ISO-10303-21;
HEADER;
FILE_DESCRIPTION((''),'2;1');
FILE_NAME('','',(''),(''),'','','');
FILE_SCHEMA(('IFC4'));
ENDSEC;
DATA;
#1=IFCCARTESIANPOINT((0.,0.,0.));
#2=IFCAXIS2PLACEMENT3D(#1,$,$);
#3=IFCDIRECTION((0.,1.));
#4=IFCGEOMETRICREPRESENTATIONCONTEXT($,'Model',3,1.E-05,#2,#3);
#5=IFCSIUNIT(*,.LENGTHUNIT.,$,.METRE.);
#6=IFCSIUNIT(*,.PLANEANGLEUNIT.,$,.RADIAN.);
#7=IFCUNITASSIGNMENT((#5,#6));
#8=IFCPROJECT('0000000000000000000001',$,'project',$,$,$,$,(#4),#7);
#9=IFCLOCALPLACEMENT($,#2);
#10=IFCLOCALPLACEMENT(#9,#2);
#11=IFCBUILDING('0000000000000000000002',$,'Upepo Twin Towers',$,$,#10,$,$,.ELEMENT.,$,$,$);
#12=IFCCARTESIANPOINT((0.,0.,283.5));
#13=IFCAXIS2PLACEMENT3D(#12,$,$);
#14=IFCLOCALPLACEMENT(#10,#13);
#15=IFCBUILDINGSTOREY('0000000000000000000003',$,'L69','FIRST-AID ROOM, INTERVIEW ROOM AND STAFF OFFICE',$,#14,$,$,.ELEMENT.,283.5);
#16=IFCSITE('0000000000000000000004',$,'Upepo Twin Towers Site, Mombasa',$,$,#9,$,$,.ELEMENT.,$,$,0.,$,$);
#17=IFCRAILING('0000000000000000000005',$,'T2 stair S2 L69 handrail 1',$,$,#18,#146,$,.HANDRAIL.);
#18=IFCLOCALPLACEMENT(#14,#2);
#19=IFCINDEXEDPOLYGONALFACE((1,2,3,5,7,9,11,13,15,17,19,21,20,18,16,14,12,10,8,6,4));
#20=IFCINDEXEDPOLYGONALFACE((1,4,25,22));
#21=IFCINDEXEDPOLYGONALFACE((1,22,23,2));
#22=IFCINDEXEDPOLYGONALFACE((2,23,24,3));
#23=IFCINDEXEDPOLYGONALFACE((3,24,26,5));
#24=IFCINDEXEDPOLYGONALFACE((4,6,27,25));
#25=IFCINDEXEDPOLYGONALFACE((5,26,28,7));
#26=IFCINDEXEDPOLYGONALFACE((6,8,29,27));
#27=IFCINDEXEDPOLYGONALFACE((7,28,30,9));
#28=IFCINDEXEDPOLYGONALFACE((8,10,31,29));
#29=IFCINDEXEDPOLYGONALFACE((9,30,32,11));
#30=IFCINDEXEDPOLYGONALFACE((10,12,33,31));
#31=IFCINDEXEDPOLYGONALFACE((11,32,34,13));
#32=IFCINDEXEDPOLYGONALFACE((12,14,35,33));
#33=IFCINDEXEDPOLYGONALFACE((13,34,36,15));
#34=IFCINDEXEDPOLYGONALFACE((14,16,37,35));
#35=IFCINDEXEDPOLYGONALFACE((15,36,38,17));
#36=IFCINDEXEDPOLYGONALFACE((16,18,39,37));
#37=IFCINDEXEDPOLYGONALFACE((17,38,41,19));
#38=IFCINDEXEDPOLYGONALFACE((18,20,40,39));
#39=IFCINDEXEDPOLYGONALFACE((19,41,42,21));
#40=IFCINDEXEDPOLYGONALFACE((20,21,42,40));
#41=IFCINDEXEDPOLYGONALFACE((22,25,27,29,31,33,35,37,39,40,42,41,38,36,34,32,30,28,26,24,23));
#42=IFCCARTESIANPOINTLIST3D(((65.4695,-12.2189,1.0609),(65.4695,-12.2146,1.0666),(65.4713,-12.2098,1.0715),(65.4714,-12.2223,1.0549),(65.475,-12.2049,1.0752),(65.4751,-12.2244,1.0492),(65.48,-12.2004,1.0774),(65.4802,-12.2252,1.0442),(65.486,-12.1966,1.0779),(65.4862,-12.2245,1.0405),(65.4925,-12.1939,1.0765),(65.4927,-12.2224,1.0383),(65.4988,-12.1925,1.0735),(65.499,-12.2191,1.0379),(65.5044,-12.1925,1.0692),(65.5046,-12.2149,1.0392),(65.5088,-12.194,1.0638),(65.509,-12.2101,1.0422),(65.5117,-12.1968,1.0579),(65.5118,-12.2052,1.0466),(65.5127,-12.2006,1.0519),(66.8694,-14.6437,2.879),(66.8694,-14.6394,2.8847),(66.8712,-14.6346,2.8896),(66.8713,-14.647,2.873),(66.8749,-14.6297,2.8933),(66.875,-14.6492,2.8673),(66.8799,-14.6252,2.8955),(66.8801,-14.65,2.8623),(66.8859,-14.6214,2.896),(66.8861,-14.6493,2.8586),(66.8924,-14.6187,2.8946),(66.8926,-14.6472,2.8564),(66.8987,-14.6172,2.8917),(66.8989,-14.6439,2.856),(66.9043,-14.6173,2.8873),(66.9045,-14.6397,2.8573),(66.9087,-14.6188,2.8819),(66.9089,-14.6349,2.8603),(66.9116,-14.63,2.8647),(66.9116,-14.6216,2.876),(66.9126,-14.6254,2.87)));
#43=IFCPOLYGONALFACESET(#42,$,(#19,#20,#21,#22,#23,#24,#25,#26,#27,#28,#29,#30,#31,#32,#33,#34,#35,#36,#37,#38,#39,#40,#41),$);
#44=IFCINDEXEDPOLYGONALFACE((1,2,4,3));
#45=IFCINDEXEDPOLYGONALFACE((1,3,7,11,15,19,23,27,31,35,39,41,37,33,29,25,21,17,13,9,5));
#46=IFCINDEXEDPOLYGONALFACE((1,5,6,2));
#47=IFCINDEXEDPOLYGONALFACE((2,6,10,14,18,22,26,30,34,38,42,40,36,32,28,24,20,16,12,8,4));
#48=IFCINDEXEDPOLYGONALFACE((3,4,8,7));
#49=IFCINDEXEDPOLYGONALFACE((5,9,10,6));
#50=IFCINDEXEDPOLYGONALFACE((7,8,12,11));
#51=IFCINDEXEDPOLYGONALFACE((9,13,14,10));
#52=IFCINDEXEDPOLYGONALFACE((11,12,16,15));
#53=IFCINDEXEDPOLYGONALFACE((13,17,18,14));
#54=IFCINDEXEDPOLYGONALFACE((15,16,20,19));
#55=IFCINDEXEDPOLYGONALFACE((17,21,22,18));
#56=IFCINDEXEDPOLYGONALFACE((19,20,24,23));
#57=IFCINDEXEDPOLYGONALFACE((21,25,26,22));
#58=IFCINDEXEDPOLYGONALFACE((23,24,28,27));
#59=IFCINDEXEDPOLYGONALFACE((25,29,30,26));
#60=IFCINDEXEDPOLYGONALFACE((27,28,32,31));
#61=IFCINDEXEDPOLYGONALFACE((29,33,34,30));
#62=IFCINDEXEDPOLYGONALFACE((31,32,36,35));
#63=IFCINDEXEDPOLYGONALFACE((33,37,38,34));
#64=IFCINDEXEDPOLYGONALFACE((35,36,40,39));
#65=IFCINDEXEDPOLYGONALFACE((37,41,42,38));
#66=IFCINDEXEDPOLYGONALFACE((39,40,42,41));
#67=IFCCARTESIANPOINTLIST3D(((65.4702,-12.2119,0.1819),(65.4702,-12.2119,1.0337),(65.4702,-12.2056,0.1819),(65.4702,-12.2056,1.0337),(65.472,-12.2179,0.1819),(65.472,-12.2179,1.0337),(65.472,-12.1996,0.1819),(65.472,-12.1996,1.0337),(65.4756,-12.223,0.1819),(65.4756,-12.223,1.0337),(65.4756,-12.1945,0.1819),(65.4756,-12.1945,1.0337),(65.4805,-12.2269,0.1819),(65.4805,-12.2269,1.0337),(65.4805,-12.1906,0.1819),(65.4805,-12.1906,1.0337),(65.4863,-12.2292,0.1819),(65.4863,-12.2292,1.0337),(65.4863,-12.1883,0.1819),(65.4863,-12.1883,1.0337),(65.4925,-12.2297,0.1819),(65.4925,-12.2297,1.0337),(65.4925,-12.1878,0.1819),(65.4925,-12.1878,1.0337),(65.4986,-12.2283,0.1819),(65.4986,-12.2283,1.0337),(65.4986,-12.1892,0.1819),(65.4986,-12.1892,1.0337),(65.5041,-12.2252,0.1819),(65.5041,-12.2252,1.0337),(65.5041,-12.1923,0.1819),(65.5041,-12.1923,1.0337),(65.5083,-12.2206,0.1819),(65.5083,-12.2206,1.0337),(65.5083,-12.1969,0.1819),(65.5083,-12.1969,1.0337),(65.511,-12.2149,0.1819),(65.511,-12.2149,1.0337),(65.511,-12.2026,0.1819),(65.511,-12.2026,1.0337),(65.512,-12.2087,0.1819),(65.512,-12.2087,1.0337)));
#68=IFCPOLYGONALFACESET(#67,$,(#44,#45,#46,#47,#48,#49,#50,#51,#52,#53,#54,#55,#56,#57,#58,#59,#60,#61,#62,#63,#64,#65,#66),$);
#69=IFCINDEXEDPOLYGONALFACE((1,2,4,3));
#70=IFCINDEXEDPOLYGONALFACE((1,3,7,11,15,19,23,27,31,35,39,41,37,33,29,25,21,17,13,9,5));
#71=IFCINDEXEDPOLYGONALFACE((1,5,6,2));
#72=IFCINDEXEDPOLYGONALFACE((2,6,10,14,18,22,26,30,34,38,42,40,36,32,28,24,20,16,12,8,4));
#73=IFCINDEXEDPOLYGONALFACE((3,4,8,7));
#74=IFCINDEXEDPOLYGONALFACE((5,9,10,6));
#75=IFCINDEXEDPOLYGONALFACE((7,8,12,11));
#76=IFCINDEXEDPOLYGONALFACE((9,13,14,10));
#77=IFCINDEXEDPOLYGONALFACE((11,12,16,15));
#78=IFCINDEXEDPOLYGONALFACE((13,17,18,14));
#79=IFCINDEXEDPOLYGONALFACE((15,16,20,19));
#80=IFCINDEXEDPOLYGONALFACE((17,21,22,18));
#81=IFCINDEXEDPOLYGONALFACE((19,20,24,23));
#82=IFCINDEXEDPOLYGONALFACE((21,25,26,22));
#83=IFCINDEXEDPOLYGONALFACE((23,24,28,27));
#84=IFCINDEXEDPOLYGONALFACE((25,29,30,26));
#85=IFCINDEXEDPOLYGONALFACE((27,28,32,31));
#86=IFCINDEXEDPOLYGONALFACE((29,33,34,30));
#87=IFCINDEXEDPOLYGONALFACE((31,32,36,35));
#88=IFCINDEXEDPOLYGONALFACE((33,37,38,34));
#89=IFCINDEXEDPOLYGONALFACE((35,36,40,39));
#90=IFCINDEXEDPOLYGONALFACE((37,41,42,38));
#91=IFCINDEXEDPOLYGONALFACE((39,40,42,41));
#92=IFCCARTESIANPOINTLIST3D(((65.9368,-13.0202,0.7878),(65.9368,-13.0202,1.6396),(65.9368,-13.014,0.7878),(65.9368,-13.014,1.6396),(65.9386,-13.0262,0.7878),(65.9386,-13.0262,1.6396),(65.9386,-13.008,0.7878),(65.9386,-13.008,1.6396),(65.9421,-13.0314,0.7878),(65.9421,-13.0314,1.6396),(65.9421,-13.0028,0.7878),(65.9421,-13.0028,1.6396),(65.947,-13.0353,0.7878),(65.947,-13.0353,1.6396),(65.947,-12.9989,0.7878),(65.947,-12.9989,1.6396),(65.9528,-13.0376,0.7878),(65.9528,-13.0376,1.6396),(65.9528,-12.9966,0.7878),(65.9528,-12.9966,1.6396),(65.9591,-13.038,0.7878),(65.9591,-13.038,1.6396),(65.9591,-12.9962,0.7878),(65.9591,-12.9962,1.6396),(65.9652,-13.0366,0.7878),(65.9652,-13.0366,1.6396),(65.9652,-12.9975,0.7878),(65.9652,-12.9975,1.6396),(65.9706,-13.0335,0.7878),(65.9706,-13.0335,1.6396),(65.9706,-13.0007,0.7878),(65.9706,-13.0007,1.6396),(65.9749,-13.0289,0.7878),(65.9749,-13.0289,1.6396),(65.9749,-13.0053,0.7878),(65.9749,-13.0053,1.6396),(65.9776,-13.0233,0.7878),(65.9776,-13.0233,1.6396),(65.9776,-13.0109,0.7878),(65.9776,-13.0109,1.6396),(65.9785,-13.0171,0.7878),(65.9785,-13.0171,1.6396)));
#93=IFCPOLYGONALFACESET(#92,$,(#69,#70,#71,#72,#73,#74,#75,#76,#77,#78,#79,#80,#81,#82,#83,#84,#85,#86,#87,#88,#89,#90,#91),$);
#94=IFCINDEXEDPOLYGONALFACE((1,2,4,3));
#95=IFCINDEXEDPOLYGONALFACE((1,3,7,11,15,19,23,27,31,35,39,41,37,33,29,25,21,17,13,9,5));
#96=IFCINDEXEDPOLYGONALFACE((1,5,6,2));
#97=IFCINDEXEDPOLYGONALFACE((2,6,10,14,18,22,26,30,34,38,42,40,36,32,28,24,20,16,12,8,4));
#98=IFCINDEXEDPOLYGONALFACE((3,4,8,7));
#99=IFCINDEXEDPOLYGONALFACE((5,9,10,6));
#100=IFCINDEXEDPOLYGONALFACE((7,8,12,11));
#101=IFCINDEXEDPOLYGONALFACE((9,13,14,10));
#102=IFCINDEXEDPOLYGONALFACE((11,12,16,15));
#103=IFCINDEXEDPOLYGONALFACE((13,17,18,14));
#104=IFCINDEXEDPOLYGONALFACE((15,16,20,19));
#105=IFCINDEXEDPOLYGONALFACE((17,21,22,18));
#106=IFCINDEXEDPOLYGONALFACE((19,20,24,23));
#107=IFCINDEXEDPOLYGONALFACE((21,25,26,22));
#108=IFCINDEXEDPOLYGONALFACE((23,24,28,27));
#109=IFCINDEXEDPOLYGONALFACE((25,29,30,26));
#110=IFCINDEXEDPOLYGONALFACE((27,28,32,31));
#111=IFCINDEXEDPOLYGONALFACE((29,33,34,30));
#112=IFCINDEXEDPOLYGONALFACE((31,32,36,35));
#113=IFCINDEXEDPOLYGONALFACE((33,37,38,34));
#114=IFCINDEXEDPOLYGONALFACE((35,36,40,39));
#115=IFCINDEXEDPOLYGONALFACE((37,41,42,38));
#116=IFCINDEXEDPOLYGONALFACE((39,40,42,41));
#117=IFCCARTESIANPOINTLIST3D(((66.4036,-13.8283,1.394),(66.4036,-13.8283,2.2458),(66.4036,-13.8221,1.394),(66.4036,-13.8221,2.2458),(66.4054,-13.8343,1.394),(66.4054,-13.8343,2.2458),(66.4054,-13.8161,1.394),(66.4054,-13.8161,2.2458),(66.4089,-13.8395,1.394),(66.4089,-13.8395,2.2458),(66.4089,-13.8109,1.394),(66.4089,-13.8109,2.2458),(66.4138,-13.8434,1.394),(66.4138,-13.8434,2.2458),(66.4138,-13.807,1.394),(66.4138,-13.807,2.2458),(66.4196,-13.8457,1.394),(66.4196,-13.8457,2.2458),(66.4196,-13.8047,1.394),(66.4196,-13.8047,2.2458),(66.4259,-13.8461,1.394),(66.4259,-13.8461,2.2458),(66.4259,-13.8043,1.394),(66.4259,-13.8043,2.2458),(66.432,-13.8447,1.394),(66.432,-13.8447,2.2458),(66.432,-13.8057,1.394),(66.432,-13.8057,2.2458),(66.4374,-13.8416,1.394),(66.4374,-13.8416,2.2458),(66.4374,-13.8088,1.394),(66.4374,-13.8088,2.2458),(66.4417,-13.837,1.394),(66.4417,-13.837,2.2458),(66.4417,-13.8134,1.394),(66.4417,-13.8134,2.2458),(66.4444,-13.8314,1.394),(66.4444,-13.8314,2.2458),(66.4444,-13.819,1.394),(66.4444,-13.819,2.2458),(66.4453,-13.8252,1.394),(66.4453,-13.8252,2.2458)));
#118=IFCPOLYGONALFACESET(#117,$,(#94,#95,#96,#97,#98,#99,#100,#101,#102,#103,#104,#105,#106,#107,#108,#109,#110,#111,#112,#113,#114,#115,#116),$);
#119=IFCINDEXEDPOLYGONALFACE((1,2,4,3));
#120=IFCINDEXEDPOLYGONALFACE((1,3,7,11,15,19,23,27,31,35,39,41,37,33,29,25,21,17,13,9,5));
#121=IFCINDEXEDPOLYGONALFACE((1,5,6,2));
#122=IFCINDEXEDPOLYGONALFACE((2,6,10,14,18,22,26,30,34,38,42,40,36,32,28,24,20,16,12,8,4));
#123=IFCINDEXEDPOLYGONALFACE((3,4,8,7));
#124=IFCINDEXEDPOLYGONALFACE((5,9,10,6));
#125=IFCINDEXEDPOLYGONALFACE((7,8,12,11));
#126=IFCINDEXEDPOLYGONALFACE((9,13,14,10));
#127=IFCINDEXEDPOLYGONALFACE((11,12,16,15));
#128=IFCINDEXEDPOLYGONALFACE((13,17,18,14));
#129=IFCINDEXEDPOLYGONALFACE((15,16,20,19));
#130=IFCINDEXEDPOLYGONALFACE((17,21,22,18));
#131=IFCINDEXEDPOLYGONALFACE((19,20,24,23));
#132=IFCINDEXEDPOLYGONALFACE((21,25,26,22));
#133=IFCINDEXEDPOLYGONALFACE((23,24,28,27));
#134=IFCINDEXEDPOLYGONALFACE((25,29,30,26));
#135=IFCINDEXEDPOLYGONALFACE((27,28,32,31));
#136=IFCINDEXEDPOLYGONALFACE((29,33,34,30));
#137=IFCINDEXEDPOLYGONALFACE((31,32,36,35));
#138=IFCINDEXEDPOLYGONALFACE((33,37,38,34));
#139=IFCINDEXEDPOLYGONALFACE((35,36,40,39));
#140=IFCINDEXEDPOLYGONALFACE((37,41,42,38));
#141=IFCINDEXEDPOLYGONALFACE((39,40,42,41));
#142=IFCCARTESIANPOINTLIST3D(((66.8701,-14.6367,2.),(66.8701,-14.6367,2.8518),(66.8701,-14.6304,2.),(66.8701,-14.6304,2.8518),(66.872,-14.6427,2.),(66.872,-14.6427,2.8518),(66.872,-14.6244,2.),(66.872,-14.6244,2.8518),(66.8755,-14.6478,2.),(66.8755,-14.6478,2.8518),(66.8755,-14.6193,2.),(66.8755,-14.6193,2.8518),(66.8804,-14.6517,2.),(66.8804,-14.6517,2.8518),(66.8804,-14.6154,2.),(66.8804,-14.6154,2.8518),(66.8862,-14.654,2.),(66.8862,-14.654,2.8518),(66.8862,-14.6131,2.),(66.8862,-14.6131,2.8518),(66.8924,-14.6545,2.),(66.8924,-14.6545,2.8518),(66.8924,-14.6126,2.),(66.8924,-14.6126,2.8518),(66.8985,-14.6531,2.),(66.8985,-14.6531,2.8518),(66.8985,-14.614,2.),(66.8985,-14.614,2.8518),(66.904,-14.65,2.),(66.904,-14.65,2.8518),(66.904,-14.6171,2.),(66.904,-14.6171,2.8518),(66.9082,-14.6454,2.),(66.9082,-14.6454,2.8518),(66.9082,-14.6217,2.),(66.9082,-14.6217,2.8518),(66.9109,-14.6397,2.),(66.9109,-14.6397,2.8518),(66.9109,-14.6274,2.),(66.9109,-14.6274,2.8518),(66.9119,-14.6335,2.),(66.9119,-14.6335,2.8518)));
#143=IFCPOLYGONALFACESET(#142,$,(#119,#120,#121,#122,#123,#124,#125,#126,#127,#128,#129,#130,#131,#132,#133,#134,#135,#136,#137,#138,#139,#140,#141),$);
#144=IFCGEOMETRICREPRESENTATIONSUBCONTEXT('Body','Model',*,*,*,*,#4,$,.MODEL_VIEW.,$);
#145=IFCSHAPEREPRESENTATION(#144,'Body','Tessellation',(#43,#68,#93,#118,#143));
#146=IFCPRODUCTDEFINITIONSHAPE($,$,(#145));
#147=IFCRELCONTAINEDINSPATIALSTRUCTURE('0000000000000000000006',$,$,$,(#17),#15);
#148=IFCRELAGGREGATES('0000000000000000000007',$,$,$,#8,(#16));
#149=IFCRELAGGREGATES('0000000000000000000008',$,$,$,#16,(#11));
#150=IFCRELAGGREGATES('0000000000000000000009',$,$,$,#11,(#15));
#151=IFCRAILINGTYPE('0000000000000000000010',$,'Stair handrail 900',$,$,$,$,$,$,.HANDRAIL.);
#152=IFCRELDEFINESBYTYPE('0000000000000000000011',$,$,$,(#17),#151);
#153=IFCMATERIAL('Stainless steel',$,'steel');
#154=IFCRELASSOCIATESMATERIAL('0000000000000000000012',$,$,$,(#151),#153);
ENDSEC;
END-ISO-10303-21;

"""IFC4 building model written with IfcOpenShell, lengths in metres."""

from ifc_helpers import new_model, si_unit, direction, frame, origin, origin_2d, place, context, subcontext, project, spatial, circle, extrude, material, type_object, element, save


model = new_model("IFC4")

# Units and contexts
model_context = context("Model", 3, precision=1e-05, world=origin(), true_north=direction((0.0, 1.0)))
body_context = subcontext(model_context, "Body", "Model", "MODEL_VIEW")
ifc_project = project(units=[si_unit("LENGTHUNIT", "METRE"), si_unit("PLANEANGLEUNIT", "RADIAN")], contexts=[model_context])

# Site, building, storey
site_placement = place(None, origin())
site = spatial("IfcSite", under=ifc_project, at=site_placement, Name="Upepo Twin Towers Site, Mombasa", CompositionType="ELEMENT", RefElevation=0.0)
building_placement = place(site_placement, origin())
building = spatial("IfcBuilding", under=site, at=building_placement, Name="Upepo Twin Towers", CompositionType="ELEMENT")
storey_placement = place(building_placement, frame((0.0, 0.0, 283.5)))
storey = spatial("IfcBuildingStorey", under=building, at=storey_placement, Name="L69", Description="FIRST-AID ROOM, INTERVIEW ROOM AND STAFF OFFICE", CompositionType="ELEMENT", Elevation=283.5)

# Railing
ifc_material_1 = material(Name="Stainless steel", Category="steel")
railing_type = type_object("IfcRailingType", Name="Stair handrail 900", PredefinedType="HANDRAIL", material=ifc_material_1)
railing_1_placement = place(storey_placement, frame((65.491, -12.2087, 0.1819)))
element("IfcRailing", 1, at=railing_1_placement, inside=storey, type_object=railing_type, Name="T2 stair S2 L69 handrail 1", PredefinedType="HANDRAIL", context=body_context, shape_type="SweptSolid", body=[
    extrude(circle(Radius=0.0239, at=origin_2d()), frame((0.0, 0.0, 0.876), z_axis=(0.419333, -0.726336, 0.544606), x_axis=(0.866035, 0.499984, 0.0)), (0.0, 0.0, 1.0), 3.3384),
    extrude(circle(Radius=0.021, at=origin_2d()), origin(), (0.0, 0.0, 1.0), 0.8518),
    extrude(circle(Radius=0.021, at=origin_2d()), frame((0.4666, -0.8083, 0.606)), (0.0, 0.0, 1.0), 0.8518),
    extrude(circle(Radius=0.021, at=origin_2d()), frame((0.9333, -1.6165, 1.2122)), (0.0, 0.0, 1.0), 0.8518),
    extrude(circle(Radius=0.021, at=origin_2d()), frame((1.3999, -2.4248, 1.8181)), (0.0, 0.0, 1.0), 0.8518),
])

save(model, "model.ifc")
